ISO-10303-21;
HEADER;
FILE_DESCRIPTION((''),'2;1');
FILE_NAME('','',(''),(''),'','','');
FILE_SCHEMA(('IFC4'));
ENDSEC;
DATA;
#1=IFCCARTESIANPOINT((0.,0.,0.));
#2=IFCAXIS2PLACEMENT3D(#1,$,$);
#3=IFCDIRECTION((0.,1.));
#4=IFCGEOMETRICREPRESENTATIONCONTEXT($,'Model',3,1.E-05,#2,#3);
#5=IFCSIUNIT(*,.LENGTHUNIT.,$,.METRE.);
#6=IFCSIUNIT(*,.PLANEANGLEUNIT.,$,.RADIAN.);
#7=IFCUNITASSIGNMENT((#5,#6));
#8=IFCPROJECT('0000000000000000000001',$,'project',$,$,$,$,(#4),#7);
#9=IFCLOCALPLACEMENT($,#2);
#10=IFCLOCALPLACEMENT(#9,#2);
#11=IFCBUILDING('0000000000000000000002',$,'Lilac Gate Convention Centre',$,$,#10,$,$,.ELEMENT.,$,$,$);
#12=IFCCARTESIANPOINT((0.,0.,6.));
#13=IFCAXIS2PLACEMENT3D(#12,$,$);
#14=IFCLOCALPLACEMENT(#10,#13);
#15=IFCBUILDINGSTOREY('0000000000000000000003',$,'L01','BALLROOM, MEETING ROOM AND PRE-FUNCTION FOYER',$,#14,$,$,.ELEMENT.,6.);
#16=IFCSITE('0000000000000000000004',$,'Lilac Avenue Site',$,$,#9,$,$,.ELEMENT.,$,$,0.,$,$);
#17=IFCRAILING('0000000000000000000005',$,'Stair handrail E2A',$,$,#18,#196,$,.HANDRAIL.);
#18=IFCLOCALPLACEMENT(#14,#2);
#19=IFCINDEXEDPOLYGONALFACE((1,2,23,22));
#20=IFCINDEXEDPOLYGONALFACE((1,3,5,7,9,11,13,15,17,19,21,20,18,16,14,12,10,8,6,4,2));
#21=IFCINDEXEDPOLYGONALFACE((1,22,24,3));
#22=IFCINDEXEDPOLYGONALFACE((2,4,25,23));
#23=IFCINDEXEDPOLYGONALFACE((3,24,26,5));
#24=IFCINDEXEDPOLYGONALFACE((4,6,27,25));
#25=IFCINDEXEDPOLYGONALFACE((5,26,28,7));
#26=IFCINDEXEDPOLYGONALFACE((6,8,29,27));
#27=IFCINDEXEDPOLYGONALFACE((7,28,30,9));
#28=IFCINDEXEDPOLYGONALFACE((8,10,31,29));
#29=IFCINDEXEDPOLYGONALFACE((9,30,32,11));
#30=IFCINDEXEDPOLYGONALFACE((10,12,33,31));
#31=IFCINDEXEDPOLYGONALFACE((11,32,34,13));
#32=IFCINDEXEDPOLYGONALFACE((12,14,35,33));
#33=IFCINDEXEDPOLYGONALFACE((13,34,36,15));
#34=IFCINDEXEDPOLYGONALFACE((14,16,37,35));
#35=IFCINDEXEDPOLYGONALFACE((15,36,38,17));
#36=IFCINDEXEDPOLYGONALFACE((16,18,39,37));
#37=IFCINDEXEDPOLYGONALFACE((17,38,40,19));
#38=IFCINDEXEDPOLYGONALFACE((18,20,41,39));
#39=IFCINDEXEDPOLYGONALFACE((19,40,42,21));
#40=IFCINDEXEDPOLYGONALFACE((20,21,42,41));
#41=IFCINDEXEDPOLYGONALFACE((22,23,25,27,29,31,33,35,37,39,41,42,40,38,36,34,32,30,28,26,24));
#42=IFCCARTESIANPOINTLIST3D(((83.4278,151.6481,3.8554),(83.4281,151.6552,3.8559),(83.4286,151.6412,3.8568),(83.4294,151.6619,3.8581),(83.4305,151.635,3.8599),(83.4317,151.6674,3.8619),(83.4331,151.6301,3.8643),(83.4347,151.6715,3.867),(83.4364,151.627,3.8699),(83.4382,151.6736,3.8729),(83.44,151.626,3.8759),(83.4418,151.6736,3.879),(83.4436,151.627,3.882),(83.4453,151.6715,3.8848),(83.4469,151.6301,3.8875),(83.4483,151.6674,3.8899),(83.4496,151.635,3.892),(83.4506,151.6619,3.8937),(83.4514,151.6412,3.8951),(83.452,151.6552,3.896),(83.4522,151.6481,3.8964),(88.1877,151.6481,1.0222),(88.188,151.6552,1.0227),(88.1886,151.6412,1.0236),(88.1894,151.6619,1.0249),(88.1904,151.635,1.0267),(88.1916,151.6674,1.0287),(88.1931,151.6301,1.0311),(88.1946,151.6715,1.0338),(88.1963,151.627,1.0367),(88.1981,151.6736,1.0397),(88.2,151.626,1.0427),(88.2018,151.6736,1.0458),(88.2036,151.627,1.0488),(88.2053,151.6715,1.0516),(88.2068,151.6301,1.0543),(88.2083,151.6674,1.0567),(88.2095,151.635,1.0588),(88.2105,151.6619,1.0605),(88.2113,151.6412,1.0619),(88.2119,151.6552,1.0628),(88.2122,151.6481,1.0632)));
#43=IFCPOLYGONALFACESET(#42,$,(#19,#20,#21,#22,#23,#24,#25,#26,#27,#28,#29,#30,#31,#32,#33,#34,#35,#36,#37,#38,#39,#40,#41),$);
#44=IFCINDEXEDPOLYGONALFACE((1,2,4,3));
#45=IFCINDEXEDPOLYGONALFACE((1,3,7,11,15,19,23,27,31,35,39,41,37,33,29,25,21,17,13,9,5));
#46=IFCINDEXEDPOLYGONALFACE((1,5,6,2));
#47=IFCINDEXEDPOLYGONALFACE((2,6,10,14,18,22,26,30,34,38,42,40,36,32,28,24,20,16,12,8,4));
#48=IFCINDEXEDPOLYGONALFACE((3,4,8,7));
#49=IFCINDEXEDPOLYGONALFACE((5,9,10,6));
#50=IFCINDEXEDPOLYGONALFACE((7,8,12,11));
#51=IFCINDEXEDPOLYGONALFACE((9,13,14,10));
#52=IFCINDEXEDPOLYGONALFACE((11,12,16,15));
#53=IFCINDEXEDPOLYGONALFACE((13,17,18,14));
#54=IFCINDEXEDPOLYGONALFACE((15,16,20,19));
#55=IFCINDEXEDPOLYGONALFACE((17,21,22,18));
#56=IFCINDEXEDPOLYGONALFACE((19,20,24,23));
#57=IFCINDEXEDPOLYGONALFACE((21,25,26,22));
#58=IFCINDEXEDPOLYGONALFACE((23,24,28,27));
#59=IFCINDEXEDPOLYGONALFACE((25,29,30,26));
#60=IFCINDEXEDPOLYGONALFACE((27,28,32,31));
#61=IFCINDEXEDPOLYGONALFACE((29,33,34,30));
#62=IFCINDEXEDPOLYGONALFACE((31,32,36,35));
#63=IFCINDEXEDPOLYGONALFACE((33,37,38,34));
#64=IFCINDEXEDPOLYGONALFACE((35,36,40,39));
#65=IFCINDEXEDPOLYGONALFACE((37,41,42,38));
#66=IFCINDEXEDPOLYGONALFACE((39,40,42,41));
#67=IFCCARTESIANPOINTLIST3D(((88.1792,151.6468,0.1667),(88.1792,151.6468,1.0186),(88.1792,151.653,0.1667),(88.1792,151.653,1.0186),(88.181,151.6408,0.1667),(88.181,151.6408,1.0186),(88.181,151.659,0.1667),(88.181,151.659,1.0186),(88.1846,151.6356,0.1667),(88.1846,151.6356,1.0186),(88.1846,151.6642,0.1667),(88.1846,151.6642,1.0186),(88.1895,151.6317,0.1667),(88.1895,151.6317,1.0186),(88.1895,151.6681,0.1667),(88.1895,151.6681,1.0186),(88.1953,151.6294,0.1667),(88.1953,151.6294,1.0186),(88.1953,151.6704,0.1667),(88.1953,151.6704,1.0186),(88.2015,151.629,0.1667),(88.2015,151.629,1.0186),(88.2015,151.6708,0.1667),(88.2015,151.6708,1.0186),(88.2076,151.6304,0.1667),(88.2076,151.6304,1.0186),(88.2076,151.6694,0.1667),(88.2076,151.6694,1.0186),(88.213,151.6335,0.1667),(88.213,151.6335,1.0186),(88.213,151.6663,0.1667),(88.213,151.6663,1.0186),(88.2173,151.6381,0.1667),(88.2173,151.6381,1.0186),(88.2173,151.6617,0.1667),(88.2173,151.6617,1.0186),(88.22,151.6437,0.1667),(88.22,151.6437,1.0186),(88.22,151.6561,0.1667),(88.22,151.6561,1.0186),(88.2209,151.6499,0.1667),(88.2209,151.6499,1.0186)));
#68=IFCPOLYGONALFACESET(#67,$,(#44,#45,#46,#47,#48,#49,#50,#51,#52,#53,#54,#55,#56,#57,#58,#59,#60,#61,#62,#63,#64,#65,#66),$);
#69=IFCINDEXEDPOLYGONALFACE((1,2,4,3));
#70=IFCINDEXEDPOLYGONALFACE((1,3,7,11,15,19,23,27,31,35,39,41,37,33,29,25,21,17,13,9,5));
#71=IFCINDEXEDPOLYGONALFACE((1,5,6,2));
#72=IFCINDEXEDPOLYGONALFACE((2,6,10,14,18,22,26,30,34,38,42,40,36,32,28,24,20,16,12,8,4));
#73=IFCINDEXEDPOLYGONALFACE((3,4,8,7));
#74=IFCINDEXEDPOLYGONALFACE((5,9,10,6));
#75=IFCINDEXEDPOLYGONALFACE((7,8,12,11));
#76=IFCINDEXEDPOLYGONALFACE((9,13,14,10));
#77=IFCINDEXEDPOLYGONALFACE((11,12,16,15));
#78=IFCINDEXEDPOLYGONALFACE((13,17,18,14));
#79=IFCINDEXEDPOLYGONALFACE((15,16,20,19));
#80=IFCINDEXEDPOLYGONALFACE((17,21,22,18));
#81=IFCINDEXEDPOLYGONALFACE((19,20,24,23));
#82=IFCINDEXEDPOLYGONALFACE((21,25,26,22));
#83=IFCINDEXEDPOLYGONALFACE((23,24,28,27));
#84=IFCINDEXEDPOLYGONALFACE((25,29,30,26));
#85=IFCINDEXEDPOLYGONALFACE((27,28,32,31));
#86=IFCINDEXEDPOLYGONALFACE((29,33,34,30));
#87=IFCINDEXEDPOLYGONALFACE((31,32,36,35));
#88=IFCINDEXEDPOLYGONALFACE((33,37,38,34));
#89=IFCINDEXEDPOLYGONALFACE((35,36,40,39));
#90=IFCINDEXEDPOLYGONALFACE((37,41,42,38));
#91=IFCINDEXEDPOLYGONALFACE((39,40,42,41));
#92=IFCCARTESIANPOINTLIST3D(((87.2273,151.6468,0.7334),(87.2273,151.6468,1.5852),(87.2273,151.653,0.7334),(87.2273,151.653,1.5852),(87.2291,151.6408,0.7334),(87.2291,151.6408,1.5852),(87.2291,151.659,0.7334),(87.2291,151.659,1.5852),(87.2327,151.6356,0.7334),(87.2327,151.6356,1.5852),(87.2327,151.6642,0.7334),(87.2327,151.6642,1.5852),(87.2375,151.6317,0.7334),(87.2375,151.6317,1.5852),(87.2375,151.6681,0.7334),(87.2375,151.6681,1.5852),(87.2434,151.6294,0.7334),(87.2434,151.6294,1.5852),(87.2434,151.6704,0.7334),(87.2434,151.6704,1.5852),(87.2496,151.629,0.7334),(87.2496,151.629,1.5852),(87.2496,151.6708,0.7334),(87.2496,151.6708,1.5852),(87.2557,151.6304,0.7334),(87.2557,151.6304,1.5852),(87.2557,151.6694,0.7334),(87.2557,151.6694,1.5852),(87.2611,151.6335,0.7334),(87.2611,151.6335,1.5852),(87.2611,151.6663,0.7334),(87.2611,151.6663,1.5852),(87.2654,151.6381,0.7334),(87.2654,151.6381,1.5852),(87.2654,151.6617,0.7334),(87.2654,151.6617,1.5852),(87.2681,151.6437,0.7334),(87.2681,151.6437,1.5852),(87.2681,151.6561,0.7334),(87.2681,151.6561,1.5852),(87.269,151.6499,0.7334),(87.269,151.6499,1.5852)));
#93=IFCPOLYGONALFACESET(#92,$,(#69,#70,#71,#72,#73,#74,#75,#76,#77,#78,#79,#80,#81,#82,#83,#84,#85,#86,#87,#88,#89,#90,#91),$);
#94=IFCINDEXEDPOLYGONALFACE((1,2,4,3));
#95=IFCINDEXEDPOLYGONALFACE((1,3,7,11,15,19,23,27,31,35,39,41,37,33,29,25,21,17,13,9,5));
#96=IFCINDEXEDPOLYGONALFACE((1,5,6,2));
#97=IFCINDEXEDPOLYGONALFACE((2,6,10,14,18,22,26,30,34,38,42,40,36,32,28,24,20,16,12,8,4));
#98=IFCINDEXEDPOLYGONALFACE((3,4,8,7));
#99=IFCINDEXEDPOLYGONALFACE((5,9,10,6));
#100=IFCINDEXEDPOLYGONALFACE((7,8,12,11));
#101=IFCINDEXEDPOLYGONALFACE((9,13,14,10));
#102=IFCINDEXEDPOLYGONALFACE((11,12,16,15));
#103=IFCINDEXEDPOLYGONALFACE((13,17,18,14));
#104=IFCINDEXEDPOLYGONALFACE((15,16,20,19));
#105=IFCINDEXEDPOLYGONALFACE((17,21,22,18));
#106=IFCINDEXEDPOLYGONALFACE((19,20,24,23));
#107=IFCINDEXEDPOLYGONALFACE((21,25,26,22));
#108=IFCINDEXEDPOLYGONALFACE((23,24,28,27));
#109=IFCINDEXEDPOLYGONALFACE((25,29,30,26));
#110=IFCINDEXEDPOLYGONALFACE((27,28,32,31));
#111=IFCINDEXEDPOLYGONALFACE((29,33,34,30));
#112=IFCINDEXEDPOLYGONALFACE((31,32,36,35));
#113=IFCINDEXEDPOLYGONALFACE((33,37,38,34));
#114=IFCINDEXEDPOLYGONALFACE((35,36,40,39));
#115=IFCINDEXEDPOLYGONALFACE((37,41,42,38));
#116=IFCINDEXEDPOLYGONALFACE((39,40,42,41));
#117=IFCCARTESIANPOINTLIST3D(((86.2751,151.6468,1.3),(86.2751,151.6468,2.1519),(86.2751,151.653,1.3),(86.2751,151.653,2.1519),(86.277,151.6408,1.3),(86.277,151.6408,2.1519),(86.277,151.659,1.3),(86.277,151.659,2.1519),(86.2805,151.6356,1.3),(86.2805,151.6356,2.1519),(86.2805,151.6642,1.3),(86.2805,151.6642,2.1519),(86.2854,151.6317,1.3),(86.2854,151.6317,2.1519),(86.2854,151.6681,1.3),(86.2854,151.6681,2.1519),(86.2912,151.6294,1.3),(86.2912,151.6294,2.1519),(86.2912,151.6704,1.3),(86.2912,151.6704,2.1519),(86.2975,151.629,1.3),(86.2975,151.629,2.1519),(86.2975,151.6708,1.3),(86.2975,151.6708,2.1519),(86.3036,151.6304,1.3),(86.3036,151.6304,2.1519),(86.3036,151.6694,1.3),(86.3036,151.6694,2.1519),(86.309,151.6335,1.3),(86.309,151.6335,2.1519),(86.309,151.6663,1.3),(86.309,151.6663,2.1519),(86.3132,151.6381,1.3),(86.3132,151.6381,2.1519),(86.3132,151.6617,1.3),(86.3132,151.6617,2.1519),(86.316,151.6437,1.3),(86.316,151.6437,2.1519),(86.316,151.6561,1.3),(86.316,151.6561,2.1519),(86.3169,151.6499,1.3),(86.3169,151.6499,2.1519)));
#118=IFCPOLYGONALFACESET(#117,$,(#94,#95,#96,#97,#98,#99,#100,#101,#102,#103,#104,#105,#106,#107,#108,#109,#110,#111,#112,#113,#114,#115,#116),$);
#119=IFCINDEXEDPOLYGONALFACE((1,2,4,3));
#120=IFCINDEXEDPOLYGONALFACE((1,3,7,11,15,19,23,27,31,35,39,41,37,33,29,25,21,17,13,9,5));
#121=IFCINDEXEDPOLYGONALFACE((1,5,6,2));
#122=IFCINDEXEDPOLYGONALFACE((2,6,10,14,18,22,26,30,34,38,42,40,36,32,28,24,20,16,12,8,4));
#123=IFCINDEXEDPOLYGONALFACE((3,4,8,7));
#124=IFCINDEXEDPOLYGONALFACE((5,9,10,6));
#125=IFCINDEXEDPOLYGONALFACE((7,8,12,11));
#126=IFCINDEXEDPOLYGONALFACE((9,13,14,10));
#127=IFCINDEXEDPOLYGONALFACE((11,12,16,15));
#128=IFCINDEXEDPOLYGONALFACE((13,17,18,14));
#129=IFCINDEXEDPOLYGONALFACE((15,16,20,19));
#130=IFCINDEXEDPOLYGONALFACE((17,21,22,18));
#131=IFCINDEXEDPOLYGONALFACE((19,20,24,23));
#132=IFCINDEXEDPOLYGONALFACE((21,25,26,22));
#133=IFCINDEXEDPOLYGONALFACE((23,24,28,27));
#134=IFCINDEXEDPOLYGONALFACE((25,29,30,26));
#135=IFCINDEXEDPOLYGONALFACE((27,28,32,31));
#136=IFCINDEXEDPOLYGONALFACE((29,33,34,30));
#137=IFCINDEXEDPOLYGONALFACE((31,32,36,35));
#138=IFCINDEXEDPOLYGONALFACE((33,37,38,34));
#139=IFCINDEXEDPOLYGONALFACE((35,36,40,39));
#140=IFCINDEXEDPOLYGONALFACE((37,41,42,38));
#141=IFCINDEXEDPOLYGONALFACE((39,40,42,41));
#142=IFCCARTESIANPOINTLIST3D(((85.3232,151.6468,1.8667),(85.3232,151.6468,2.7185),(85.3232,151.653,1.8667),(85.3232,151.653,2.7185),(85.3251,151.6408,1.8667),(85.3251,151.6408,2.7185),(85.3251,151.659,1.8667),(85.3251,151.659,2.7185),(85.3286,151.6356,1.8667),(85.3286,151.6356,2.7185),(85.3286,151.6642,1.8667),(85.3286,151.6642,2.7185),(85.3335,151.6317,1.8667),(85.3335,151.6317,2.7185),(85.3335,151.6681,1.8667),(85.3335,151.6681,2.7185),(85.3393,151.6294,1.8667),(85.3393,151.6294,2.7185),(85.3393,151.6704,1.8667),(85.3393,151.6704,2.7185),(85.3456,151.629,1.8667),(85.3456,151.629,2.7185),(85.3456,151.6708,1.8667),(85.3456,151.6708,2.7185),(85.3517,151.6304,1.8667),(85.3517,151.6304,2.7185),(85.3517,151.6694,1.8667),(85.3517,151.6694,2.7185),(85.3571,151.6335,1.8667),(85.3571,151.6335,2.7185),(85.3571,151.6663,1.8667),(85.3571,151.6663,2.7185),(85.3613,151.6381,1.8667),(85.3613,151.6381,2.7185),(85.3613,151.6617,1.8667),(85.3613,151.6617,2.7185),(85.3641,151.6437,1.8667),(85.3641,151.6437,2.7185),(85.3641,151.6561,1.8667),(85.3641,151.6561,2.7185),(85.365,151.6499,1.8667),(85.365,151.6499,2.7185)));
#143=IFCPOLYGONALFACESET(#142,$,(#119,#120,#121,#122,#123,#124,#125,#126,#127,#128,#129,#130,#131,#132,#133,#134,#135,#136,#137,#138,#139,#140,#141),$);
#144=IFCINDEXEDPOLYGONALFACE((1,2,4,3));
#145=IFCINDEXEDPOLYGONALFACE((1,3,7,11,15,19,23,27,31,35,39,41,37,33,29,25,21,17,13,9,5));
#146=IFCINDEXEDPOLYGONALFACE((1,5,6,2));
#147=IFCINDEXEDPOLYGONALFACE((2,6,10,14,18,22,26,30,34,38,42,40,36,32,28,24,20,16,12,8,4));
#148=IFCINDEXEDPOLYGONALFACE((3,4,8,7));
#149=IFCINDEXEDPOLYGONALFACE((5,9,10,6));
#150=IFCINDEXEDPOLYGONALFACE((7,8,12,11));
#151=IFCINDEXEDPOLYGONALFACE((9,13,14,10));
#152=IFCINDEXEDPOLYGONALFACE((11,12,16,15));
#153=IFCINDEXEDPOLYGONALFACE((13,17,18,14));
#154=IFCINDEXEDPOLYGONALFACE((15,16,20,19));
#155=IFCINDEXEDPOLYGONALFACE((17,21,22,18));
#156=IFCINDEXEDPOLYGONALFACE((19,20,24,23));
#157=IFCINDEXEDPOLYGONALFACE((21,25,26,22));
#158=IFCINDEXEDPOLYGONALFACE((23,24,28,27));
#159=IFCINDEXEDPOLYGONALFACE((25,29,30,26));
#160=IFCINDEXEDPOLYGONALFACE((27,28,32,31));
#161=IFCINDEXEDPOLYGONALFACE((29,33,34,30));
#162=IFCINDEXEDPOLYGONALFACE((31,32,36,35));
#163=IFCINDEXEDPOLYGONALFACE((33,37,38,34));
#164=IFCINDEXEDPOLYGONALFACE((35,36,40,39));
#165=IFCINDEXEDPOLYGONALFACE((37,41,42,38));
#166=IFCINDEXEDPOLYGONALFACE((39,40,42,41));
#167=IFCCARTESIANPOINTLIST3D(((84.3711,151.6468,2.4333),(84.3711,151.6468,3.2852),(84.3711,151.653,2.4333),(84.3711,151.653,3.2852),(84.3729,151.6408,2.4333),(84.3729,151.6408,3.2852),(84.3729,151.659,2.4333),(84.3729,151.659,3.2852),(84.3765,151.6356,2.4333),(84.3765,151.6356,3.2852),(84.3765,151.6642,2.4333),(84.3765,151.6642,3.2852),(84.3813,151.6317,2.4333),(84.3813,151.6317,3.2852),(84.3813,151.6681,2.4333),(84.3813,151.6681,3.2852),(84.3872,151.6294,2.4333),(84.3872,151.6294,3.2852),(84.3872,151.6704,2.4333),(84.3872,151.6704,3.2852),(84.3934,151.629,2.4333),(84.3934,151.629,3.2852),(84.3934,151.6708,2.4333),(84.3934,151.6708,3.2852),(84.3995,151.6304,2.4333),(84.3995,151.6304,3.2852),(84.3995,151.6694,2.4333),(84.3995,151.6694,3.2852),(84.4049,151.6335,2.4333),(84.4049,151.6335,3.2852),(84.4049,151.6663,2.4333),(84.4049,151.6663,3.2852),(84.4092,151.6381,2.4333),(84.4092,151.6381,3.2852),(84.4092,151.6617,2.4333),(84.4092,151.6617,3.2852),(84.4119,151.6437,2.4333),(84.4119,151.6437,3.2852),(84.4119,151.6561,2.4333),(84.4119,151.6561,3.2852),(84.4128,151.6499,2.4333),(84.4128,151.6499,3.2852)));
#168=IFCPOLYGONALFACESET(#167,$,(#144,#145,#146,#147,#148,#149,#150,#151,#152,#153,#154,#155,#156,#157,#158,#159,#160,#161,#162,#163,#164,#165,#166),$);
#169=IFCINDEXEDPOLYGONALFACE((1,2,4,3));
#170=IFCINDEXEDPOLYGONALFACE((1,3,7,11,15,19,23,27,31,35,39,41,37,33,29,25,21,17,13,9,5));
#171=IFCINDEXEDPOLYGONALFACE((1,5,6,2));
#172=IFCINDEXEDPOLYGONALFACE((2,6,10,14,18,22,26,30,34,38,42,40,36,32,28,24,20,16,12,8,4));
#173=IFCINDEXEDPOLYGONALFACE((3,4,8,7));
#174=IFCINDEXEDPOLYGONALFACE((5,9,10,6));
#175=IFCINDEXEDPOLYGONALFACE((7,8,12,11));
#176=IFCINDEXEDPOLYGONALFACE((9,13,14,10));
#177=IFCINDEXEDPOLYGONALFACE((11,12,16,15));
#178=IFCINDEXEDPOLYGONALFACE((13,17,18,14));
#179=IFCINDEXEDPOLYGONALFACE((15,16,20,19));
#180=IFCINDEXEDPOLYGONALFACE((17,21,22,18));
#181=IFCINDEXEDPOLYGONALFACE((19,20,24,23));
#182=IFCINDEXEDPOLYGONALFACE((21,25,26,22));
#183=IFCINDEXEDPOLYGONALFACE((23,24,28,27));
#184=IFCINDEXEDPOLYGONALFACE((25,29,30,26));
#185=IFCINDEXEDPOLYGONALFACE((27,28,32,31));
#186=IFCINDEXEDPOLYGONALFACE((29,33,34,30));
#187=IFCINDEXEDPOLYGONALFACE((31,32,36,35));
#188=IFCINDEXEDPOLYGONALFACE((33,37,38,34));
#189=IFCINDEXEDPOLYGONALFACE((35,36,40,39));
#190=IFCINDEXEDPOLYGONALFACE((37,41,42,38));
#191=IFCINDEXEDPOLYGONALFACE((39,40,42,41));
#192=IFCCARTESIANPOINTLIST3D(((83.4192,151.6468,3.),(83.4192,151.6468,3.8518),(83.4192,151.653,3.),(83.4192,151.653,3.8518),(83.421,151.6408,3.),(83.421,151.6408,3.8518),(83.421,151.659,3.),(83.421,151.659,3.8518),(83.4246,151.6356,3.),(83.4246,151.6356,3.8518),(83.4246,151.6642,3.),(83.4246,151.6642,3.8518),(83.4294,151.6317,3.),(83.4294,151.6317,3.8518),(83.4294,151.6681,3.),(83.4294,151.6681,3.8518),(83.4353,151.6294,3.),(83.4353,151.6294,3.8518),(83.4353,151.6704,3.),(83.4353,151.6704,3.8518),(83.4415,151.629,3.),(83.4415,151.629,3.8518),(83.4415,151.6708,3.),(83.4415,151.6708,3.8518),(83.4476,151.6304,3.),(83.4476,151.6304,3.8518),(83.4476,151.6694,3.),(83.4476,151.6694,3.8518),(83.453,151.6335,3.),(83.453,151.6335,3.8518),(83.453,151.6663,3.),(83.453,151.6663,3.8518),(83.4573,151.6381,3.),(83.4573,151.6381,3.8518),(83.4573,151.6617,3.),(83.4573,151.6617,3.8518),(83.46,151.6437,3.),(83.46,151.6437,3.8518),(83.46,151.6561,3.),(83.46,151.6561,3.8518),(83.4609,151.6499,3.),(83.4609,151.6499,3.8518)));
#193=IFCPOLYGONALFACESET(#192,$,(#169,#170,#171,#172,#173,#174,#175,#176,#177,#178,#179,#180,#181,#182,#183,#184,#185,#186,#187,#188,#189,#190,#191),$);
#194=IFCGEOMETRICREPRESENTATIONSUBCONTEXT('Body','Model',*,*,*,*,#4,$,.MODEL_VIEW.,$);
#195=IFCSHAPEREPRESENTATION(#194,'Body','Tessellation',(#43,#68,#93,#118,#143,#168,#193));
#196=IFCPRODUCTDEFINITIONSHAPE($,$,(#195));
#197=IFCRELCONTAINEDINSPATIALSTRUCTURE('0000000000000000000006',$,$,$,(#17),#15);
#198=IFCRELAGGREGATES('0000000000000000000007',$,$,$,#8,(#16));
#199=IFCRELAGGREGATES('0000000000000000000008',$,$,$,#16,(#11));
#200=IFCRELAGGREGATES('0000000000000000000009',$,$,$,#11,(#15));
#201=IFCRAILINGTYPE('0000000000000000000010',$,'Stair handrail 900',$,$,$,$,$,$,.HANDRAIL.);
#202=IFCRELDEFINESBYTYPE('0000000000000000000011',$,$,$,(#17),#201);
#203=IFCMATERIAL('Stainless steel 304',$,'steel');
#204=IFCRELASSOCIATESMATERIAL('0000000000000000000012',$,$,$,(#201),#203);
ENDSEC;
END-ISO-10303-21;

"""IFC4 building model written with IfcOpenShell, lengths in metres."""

from ifc_helpers import new_model, si_unit, direction, frame, origin, origin_2d, place, context, subcontext, project, spatial, circle, extrude, material, type_object, element, save


model = new_model("IFC4")

# Units and contexts
model_context = context("Model", 3, precision=1e-05, world=origin(), true_north=direction((0.0, 1.0)))
body_context = subcontext(model_context, "Body", "Model", "MODEL_VIEW")
ifc_project = project(units=[si_unit("LENGTHUNIT", "METRE"), si_unit("PLANEANGLEUNIT", "RADIAN")], contexts=[model_context])

# Site, building, storey
site_placement = place(None, origin())
site = spatial("IfcSite", under=ifc_project, at=site_placement, Name="Lilac Avenue Site", CompositionType="ELEMENT", RefElevation=0.0)
building_placement = place(site_placement, origin())
building = spatial("IfcBuilding", under=site, at=building_placement, Name="Lilac Gate Convention Centre", CompositionType="ELEMENT")
storey_placement = place(building_placement, frame((0.0, 0.0, 6.0)))
storey = spatial("IfcBuildingStorey", under=building, at=storey_placement, Name="L01", Description="BALLROOM, MEETING ROOM AND PRE-FUNCTION FOYER", CompositionType="ELEMENT", Elevation=6.0)

# Shared definitions
ifc_material_1 = material(Name="Stainless steel 304", Category="steel")

# Railing
railing_type = type_object("IfcRailingType", Name="Stair handrail 900", PredefinedType="HANDRAIL", material=ifc_material_1)
for number, where, name in (
    (1, (88.2, 151.6499, 0.1667), "Stair handrail E2A"),
):
    element("IfcRailing", number, at=place(storey_placement, frame(where)), inside=storey, type_object=railing_type, Name=name, PredefinedType="HANDRAIL", context=body_context, shape_type="SweptSolid", body=[
        extrude(circle(Radius=0.0239, at=origin_2d()), frame((0.0, 0.0, 0.876), z_axis=(-0.8593, 0.0, 0.511472), x_axis=(0.0, -1.0, 0.0)), (0.0, 0.0, 1.0), 5.5393),
        extrude(circle(Radius=0.021, at=origin_2d()), origin(), (0.0, 0.0, 1.0), 0.8518),
        extrude(circle(Radius=0.021, at=origin_2d()), frame((-0.9519, 0.0, 0.5667)), (0.0, 0.0, 1.0), 0.8518),
        extrude(circle(Radius=0.021, at=origin_2d()), frame((-1.9041, 0.0, 1.1333)), (0.0, 0.0, 1.0), 0.8518),
        extrude(circle(Radius=0.021, at=origin_2d()), frame((-2.856, 0.0, 1.7)), (0.0, 0.0, 1.0), 0.8518),
        extrude(circle(Radius=0.021, at=origin_2d()), frame((-3.8081, 0.0, 2.2666)), (0.0, 0.0, 1.0), 0.8518),
        extrude(circle(Radius=0.021, at=origin_2d()), frame((-4.76, 0.0, 2.8333)), (0.0, 0.0, 1.0), 0.8518),
    ])

save(model, "model.ifc")
